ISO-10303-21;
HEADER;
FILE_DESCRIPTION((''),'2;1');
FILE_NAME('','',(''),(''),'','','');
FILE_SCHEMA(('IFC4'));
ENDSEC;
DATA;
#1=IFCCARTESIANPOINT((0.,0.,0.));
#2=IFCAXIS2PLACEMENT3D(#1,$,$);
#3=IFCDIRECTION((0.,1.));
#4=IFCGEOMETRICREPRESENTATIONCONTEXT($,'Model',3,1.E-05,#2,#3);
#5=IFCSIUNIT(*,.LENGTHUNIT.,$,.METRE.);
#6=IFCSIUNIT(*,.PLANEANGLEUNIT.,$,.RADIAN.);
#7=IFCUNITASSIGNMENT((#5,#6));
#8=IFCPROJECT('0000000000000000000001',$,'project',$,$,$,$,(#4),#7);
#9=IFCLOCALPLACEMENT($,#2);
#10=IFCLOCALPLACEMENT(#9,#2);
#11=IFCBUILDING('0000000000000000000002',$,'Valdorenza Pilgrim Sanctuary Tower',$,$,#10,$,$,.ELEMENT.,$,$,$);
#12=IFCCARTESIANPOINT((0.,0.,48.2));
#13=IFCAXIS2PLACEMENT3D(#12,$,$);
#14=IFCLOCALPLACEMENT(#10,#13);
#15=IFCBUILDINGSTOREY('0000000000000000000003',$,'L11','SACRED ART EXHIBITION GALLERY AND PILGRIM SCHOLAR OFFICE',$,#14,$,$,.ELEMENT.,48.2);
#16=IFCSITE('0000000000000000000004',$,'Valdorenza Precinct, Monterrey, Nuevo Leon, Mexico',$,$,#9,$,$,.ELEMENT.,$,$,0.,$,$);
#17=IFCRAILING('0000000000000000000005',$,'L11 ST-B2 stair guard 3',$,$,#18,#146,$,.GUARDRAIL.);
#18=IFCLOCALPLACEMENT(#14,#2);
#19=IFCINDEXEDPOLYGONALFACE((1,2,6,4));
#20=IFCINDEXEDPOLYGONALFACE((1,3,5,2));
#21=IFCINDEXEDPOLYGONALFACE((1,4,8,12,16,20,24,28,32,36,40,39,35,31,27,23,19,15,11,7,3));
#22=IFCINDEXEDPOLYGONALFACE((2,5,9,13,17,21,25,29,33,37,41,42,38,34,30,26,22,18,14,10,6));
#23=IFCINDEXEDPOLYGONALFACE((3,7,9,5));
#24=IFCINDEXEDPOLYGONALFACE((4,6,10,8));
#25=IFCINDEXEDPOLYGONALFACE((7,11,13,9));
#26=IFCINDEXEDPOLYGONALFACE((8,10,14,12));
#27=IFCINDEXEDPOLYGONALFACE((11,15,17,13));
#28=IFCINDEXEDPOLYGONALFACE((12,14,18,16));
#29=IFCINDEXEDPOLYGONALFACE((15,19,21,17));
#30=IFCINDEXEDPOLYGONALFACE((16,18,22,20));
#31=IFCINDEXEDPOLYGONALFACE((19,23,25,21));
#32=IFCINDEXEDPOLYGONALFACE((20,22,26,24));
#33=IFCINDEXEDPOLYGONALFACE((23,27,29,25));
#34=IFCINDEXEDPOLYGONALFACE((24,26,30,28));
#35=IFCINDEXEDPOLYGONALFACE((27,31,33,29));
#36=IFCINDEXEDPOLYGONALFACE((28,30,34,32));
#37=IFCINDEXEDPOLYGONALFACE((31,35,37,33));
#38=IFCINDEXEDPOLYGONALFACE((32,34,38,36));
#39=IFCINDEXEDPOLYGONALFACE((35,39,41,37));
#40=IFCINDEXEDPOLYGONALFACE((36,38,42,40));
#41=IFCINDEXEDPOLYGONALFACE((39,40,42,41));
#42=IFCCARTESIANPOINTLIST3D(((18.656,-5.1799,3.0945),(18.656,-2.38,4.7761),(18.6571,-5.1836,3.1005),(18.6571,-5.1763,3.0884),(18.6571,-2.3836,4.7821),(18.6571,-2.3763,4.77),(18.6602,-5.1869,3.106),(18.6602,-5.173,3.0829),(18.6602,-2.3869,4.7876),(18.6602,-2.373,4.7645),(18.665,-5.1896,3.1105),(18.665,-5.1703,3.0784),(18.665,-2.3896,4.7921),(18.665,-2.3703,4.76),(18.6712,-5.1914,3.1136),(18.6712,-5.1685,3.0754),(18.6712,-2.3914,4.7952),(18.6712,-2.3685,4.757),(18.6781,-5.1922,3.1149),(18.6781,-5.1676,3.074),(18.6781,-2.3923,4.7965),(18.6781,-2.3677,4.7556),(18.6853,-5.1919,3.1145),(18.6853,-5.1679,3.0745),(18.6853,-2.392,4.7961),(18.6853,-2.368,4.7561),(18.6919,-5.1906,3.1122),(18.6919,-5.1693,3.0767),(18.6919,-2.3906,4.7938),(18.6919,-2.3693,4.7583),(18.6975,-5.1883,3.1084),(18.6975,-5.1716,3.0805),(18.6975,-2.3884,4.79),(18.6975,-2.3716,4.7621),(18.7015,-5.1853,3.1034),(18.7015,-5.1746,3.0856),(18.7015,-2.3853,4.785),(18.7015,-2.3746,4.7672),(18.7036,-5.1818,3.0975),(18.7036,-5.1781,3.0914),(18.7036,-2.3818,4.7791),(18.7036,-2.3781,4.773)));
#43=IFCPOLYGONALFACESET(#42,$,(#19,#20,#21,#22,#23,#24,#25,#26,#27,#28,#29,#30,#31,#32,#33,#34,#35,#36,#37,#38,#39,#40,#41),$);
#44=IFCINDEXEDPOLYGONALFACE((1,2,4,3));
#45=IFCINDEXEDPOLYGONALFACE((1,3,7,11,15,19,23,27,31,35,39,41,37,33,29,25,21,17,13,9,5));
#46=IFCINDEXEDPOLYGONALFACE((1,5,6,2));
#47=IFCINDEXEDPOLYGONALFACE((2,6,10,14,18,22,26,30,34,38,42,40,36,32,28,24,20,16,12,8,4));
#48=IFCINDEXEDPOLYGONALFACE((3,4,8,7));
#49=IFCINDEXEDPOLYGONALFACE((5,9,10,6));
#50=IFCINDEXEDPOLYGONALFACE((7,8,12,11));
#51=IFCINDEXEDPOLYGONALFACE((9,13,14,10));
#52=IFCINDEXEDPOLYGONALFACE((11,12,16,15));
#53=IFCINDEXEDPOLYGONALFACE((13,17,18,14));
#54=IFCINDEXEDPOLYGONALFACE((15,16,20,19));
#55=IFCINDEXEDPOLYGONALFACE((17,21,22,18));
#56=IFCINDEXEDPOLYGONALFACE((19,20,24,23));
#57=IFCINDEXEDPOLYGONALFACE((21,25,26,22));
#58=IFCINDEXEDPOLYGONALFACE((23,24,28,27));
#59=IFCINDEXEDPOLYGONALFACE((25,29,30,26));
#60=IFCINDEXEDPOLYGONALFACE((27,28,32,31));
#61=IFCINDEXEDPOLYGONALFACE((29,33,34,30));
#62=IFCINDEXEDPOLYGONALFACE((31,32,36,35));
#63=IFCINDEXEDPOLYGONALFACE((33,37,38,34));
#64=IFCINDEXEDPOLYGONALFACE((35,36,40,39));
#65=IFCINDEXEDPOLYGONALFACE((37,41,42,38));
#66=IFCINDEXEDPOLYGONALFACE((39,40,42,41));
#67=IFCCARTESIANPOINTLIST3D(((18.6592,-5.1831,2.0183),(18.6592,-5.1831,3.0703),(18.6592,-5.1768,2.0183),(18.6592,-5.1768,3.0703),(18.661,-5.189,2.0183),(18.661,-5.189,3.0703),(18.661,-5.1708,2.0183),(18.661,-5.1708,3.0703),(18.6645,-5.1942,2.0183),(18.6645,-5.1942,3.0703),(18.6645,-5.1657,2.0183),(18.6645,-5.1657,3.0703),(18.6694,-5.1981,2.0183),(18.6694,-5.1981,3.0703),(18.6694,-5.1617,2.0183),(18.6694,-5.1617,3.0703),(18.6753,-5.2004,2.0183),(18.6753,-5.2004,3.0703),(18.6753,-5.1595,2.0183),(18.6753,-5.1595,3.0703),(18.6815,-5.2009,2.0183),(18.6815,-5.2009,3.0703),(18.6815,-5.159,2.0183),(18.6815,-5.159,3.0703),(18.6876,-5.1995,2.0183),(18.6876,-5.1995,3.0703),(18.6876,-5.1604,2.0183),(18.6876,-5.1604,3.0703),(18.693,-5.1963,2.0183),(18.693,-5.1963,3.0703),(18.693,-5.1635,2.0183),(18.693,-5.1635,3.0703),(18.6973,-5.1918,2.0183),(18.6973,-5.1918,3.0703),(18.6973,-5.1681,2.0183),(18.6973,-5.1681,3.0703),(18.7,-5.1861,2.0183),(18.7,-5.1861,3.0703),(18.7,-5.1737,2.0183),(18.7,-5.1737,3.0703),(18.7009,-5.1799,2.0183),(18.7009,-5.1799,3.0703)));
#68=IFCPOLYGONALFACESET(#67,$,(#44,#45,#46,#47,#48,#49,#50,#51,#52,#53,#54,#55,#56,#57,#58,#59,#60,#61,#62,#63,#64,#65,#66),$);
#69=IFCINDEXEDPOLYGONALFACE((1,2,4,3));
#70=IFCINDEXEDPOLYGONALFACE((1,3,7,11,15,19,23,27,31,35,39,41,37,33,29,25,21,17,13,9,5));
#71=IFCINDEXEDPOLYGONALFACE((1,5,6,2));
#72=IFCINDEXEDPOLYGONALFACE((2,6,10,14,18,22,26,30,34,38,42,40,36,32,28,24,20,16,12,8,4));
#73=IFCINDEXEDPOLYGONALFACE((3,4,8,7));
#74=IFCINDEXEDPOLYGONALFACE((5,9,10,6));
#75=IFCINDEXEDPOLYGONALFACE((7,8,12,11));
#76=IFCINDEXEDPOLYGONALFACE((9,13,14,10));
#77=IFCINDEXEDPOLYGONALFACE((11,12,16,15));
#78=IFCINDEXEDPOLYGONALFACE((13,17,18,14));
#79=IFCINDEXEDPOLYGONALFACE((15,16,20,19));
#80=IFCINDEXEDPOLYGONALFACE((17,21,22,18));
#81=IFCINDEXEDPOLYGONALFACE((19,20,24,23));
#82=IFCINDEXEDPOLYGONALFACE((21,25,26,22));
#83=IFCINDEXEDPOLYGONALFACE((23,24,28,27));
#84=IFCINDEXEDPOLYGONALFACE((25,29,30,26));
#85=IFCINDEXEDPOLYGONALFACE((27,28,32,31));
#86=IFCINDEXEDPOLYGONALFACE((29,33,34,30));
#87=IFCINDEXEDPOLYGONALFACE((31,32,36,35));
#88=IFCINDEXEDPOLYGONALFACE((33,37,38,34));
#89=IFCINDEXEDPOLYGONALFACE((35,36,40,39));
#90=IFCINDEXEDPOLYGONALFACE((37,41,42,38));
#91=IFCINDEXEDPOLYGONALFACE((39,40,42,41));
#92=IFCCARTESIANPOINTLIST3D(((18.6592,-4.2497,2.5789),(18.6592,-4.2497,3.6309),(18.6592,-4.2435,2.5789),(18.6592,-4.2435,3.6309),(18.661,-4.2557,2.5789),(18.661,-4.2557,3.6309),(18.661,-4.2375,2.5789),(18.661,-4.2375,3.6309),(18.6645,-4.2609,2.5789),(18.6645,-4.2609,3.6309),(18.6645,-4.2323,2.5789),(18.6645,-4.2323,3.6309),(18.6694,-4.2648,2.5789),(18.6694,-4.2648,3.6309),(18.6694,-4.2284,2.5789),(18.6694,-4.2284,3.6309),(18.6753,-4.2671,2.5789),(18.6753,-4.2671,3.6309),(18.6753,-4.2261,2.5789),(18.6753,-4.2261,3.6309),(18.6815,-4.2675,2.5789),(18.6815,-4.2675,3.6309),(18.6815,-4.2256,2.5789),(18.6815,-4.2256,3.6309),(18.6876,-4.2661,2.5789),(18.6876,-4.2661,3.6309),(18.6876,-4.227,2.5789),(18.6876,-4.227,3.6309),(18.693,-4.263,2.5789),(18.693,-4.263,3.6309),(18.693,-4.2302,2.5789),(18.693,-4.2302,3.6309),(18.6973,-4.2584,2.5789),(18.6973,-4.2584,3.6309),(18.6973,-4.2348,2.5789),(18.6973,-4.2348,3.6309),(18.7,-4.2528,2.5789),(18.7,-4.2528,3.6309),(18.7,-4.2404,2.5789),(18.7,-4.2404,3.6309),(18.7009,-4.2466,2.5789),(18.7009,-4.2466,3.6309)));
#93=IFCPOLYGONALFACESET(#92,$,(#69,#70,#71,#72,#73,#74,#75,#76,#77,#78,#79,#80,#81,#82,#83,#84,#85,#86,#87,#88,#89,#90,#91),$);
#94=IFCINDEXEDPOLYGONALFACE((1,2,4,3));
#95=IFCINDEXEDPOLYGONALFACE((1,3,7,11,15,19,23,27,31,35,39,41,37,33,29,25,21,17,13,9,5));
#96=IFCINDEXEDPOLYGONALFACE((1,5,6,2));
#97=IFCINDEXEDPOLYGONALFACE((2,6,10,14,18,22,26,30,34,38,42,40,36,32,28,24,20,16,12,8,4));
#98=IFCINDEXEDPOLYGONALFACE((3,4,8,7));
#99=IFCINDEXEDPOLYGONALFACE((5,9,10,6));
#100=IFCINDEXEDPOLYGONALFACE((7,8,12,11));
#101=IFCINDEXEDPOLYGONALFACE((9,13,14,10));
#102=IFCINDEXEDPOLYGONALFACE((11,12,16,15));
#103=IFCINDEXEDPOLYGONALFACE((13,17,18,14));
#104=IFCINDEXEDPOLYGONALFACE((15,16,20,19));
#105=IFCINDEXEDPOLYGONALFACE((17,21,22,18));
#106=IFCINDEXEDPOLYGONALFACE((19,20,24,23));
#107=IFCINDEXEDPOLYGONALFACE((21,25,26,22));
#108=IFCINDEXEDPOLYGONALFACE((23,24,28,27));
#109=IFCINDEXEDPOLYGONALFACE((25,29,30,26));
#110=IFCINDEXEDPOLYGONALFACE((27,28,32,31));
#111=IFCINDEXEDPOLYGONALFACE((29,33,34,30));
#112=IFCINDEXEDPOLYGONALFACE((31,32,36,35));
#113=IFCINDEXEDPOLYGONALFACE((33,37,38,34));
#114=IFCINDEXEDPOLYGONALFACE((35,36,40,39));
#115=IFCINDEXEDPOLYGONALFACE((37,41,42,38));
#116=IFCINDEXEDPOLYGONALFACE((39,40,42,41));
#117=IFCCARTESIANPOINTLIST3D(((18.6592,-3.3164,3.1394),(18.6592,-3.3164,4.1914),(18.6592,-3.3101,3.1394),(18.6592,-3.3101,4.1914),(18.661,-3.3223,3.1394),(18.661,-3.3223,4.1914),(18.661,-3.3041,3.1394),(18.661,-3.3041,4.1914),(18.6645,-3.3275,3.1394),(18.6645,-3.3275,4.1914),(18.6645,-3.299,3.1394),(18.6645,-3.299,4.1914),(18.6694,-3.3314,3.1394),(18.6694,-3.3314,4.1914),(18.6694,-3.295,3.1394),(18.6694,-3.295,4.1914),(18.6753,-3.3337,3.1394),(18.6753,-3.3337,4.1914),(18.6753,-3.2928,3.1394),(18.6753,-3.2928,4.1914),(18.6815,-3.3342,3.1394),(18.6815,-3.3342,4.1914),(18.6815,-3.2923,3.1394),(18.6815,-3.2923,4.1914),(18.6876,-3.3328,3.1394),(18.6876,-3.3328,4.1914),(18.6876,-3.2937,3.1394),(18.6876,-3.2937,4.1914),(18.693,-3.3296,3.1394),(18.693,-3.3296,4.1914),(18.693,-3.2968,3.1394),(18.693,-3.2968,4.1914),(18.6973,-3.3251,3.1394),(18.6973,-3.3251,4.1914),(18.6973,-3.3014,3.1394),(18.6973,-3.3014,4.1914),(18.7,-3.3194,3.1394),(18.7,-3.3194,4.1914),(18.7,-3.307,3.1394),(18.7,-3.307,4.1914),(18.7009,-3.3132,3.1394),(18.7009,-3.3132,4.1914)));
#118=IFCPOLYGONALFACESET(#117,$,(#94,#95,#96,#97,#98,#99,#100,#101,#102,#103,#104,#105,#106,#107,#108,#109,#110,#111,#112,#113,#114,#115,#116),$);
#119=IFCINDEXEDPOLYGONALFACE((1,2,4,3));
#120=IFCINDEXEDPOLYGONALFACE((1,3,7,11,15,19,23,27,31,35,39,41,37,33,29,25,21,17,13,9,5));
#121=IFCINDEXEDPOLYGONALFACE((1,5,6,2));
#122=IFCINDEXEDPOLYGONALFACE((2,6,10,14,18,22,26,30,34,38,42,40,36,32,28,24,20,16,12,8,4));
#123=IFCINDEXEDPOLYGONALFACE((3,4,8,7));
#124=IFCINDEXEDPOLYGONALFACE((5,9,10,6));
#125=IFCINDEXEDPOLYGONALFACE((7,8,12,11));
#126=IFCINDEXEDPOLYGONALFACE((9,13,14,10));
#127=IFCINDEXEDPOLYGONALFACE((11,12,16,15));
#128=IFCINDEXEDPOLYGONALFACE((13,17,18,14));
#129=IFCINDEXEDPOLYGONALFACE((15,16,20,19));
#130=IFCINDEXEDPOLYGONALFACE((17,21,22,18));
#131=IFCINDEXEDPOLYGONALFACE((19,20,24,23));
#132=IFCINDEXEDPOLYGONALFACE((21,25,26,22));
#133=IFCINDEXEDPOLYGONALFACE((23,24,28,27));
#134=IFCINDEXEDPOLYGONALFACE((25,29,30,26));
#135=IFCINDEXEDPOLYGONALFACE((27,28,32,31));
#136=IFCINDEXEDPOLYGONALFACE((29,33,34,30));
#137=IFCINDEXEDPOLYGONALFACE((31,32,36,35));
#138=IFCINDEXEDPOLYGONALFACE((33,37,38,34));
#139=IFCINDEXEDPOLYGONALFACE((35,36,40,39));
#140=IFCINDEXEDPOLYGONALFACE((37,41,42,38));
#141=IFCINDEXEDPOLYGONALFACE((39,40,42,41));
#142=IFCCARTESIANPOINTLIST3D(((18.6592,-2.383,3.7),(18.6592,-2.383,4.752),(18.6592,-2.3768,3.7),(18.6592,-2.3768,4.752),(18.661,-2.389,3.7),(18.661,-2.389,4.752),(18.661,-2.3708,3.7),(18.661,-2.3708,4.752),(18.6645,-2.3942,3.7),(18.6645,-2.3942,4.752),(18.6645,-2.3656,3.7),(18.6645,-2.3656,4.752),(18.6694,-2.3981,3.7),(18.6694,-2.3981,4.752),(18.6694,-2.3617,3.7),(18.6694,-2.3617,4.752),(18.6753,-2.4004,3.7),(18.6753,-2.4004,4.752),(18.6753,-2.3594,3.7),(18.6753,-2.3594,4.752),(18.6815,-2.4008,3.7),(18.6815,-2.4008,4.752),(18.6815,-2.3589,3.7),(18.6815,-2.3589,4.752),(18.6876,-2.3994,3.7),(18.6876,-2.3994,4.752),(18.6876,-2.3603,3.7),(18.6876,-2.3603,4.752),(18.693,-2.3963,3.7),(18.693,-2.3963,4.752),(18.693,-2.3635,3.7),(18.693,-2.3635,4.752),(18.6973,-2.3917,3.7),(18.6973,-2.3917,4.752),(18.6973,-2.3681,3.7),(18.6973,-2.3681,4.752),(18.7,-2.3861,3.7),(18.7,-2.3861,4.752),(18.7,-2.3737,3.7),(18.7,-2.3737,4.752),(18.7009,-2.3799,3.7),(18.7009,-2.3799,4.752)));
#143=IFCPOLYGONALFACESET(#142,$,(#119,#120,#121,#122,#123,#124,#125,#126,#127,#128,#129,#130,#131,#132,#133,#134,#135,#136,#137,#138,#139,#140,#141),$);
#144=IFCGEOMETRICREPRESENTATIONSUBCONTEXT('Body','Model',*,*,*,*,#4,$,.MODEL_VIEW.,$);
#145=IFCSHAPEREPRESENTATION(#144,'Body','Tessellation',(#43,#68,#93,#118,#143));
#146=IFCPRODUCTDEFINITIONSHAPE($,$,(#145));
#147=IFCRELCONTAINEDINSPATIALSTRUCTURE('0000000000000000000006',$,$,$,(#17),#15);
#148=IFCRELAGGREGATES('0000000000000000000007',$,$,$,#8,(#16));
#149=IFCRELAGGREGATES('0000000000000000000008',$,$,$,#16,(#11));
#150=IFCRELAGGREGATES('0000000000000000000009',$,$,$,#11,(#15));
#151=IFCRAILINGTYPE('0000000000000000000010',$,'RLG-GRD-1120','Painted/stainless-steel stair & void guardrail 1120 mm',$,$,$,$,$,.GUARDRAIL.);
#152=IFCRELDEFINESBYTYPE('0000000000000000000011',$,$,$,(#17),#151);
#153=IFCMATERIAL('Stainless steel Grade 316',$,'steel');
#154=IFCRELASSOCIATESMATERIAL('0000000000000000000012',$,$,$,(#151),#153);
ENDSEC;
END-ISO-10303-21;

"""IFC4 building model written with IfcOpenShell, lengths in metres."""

from ifc_helpers import new_model, si_unit, direction, frame, origin, origin_2d, place, context, subcontext, project, spatial, circle, extrude, material, type_object, element, save


model = new_model("IFC4")

# Units and contexts
model_context = context("Model", 3, precision=1e-05, world=origin(), true_north=direction((0.0, 1.0)))
body_context = subcontext(model_context, "Body", "Model", "MODEL_VIEW")
ifc_project = project(units=[si_unit("LENGTHUNIT", "METRE"), si_unit("PLANEANGLEUNIT", "RADIAN")], contexts=[model_context])

# Site, building, storey
site_placement = place(None, origin())
site = spatial("IfcSite", under=ifc_project, at=site_placement, Name="Valdorenza Precinct, Monterrey, Nuevo Leon, Mexico", CompositionType="ELEMENT", RefElevation=0.0)
building_placement = place(site_placement, origin())
building = spatial("IfcBuilding", under=site, at=building_placement, Name="Valdorenza Pilgrim Sanctuary Tower", CompositionType="ELEMENT")
storey_placement = place(building_placement, frame((0.0, 0.0, 48.2)))
storey = spatial("IfcBuildingStorey", under=building, at=storey_placement, Name="L11", Description="SACRED ART EXHIBITION GALLERY AND PILGRIM SCHOLAR OFFICE", CompositionType="ELEMENT", Elevation=48.2)

# Railing
ifc_material_1 = material(Name="Stainless steel Grade 316", Category="steel")
railing_type_1 = type_object("IfcRailingType", Name="RLG-GRD-1120", Description="Painted/stainless-steel stair & void guardrail 1120 mm", PredefinedType="GUARDRAIL", material=ifc_material_1)
railing_1_placement = place(storey_placement, frame((18.6799, -5.1799, 2.0183)))
element("IfcRailing", 1, at=railing_1_placement, inside=storey, type_object=railing_type_1, Name="L11 ST-B2 stair guard 3", PredefinedType="GUARDRAIL", context=body_context, shape_type="SweptSolid", body=[
    extrude(circle(Radius=0.0239, at=origin_2d()), frame((0.0, 0.0, 1.0762), z_axis=(0.0, 0.857275, 0.514858), x_axis=(-1.0, 0.0, 0.0)), (0.0, 0.0, 1.0), 3.2661),
    extrude(circle(Radius=0.021, at=origin_2d()), origin(), (0.0, 0.0, 1.0), 1.052),
    extrude(circle(Radius=0.021, at=origin_2d()), frame((0.0, 0.9333, 0.5605)), (0.0, 0.0, 1.0), 1.052),
    extrude(circle(Radius=0.021, at=origin_2d()), frame((0.0, 1.8667, 1.1211)), (0.0, 0.0, 1.0), 1.052),
    extrude(circle(Radius=0.021, at=origin_2d()), frame((0.0, 2.8, 1.6816)), (0.0, 0.0, 1.0), 1.052),
])

save(model, "model.ifc")
